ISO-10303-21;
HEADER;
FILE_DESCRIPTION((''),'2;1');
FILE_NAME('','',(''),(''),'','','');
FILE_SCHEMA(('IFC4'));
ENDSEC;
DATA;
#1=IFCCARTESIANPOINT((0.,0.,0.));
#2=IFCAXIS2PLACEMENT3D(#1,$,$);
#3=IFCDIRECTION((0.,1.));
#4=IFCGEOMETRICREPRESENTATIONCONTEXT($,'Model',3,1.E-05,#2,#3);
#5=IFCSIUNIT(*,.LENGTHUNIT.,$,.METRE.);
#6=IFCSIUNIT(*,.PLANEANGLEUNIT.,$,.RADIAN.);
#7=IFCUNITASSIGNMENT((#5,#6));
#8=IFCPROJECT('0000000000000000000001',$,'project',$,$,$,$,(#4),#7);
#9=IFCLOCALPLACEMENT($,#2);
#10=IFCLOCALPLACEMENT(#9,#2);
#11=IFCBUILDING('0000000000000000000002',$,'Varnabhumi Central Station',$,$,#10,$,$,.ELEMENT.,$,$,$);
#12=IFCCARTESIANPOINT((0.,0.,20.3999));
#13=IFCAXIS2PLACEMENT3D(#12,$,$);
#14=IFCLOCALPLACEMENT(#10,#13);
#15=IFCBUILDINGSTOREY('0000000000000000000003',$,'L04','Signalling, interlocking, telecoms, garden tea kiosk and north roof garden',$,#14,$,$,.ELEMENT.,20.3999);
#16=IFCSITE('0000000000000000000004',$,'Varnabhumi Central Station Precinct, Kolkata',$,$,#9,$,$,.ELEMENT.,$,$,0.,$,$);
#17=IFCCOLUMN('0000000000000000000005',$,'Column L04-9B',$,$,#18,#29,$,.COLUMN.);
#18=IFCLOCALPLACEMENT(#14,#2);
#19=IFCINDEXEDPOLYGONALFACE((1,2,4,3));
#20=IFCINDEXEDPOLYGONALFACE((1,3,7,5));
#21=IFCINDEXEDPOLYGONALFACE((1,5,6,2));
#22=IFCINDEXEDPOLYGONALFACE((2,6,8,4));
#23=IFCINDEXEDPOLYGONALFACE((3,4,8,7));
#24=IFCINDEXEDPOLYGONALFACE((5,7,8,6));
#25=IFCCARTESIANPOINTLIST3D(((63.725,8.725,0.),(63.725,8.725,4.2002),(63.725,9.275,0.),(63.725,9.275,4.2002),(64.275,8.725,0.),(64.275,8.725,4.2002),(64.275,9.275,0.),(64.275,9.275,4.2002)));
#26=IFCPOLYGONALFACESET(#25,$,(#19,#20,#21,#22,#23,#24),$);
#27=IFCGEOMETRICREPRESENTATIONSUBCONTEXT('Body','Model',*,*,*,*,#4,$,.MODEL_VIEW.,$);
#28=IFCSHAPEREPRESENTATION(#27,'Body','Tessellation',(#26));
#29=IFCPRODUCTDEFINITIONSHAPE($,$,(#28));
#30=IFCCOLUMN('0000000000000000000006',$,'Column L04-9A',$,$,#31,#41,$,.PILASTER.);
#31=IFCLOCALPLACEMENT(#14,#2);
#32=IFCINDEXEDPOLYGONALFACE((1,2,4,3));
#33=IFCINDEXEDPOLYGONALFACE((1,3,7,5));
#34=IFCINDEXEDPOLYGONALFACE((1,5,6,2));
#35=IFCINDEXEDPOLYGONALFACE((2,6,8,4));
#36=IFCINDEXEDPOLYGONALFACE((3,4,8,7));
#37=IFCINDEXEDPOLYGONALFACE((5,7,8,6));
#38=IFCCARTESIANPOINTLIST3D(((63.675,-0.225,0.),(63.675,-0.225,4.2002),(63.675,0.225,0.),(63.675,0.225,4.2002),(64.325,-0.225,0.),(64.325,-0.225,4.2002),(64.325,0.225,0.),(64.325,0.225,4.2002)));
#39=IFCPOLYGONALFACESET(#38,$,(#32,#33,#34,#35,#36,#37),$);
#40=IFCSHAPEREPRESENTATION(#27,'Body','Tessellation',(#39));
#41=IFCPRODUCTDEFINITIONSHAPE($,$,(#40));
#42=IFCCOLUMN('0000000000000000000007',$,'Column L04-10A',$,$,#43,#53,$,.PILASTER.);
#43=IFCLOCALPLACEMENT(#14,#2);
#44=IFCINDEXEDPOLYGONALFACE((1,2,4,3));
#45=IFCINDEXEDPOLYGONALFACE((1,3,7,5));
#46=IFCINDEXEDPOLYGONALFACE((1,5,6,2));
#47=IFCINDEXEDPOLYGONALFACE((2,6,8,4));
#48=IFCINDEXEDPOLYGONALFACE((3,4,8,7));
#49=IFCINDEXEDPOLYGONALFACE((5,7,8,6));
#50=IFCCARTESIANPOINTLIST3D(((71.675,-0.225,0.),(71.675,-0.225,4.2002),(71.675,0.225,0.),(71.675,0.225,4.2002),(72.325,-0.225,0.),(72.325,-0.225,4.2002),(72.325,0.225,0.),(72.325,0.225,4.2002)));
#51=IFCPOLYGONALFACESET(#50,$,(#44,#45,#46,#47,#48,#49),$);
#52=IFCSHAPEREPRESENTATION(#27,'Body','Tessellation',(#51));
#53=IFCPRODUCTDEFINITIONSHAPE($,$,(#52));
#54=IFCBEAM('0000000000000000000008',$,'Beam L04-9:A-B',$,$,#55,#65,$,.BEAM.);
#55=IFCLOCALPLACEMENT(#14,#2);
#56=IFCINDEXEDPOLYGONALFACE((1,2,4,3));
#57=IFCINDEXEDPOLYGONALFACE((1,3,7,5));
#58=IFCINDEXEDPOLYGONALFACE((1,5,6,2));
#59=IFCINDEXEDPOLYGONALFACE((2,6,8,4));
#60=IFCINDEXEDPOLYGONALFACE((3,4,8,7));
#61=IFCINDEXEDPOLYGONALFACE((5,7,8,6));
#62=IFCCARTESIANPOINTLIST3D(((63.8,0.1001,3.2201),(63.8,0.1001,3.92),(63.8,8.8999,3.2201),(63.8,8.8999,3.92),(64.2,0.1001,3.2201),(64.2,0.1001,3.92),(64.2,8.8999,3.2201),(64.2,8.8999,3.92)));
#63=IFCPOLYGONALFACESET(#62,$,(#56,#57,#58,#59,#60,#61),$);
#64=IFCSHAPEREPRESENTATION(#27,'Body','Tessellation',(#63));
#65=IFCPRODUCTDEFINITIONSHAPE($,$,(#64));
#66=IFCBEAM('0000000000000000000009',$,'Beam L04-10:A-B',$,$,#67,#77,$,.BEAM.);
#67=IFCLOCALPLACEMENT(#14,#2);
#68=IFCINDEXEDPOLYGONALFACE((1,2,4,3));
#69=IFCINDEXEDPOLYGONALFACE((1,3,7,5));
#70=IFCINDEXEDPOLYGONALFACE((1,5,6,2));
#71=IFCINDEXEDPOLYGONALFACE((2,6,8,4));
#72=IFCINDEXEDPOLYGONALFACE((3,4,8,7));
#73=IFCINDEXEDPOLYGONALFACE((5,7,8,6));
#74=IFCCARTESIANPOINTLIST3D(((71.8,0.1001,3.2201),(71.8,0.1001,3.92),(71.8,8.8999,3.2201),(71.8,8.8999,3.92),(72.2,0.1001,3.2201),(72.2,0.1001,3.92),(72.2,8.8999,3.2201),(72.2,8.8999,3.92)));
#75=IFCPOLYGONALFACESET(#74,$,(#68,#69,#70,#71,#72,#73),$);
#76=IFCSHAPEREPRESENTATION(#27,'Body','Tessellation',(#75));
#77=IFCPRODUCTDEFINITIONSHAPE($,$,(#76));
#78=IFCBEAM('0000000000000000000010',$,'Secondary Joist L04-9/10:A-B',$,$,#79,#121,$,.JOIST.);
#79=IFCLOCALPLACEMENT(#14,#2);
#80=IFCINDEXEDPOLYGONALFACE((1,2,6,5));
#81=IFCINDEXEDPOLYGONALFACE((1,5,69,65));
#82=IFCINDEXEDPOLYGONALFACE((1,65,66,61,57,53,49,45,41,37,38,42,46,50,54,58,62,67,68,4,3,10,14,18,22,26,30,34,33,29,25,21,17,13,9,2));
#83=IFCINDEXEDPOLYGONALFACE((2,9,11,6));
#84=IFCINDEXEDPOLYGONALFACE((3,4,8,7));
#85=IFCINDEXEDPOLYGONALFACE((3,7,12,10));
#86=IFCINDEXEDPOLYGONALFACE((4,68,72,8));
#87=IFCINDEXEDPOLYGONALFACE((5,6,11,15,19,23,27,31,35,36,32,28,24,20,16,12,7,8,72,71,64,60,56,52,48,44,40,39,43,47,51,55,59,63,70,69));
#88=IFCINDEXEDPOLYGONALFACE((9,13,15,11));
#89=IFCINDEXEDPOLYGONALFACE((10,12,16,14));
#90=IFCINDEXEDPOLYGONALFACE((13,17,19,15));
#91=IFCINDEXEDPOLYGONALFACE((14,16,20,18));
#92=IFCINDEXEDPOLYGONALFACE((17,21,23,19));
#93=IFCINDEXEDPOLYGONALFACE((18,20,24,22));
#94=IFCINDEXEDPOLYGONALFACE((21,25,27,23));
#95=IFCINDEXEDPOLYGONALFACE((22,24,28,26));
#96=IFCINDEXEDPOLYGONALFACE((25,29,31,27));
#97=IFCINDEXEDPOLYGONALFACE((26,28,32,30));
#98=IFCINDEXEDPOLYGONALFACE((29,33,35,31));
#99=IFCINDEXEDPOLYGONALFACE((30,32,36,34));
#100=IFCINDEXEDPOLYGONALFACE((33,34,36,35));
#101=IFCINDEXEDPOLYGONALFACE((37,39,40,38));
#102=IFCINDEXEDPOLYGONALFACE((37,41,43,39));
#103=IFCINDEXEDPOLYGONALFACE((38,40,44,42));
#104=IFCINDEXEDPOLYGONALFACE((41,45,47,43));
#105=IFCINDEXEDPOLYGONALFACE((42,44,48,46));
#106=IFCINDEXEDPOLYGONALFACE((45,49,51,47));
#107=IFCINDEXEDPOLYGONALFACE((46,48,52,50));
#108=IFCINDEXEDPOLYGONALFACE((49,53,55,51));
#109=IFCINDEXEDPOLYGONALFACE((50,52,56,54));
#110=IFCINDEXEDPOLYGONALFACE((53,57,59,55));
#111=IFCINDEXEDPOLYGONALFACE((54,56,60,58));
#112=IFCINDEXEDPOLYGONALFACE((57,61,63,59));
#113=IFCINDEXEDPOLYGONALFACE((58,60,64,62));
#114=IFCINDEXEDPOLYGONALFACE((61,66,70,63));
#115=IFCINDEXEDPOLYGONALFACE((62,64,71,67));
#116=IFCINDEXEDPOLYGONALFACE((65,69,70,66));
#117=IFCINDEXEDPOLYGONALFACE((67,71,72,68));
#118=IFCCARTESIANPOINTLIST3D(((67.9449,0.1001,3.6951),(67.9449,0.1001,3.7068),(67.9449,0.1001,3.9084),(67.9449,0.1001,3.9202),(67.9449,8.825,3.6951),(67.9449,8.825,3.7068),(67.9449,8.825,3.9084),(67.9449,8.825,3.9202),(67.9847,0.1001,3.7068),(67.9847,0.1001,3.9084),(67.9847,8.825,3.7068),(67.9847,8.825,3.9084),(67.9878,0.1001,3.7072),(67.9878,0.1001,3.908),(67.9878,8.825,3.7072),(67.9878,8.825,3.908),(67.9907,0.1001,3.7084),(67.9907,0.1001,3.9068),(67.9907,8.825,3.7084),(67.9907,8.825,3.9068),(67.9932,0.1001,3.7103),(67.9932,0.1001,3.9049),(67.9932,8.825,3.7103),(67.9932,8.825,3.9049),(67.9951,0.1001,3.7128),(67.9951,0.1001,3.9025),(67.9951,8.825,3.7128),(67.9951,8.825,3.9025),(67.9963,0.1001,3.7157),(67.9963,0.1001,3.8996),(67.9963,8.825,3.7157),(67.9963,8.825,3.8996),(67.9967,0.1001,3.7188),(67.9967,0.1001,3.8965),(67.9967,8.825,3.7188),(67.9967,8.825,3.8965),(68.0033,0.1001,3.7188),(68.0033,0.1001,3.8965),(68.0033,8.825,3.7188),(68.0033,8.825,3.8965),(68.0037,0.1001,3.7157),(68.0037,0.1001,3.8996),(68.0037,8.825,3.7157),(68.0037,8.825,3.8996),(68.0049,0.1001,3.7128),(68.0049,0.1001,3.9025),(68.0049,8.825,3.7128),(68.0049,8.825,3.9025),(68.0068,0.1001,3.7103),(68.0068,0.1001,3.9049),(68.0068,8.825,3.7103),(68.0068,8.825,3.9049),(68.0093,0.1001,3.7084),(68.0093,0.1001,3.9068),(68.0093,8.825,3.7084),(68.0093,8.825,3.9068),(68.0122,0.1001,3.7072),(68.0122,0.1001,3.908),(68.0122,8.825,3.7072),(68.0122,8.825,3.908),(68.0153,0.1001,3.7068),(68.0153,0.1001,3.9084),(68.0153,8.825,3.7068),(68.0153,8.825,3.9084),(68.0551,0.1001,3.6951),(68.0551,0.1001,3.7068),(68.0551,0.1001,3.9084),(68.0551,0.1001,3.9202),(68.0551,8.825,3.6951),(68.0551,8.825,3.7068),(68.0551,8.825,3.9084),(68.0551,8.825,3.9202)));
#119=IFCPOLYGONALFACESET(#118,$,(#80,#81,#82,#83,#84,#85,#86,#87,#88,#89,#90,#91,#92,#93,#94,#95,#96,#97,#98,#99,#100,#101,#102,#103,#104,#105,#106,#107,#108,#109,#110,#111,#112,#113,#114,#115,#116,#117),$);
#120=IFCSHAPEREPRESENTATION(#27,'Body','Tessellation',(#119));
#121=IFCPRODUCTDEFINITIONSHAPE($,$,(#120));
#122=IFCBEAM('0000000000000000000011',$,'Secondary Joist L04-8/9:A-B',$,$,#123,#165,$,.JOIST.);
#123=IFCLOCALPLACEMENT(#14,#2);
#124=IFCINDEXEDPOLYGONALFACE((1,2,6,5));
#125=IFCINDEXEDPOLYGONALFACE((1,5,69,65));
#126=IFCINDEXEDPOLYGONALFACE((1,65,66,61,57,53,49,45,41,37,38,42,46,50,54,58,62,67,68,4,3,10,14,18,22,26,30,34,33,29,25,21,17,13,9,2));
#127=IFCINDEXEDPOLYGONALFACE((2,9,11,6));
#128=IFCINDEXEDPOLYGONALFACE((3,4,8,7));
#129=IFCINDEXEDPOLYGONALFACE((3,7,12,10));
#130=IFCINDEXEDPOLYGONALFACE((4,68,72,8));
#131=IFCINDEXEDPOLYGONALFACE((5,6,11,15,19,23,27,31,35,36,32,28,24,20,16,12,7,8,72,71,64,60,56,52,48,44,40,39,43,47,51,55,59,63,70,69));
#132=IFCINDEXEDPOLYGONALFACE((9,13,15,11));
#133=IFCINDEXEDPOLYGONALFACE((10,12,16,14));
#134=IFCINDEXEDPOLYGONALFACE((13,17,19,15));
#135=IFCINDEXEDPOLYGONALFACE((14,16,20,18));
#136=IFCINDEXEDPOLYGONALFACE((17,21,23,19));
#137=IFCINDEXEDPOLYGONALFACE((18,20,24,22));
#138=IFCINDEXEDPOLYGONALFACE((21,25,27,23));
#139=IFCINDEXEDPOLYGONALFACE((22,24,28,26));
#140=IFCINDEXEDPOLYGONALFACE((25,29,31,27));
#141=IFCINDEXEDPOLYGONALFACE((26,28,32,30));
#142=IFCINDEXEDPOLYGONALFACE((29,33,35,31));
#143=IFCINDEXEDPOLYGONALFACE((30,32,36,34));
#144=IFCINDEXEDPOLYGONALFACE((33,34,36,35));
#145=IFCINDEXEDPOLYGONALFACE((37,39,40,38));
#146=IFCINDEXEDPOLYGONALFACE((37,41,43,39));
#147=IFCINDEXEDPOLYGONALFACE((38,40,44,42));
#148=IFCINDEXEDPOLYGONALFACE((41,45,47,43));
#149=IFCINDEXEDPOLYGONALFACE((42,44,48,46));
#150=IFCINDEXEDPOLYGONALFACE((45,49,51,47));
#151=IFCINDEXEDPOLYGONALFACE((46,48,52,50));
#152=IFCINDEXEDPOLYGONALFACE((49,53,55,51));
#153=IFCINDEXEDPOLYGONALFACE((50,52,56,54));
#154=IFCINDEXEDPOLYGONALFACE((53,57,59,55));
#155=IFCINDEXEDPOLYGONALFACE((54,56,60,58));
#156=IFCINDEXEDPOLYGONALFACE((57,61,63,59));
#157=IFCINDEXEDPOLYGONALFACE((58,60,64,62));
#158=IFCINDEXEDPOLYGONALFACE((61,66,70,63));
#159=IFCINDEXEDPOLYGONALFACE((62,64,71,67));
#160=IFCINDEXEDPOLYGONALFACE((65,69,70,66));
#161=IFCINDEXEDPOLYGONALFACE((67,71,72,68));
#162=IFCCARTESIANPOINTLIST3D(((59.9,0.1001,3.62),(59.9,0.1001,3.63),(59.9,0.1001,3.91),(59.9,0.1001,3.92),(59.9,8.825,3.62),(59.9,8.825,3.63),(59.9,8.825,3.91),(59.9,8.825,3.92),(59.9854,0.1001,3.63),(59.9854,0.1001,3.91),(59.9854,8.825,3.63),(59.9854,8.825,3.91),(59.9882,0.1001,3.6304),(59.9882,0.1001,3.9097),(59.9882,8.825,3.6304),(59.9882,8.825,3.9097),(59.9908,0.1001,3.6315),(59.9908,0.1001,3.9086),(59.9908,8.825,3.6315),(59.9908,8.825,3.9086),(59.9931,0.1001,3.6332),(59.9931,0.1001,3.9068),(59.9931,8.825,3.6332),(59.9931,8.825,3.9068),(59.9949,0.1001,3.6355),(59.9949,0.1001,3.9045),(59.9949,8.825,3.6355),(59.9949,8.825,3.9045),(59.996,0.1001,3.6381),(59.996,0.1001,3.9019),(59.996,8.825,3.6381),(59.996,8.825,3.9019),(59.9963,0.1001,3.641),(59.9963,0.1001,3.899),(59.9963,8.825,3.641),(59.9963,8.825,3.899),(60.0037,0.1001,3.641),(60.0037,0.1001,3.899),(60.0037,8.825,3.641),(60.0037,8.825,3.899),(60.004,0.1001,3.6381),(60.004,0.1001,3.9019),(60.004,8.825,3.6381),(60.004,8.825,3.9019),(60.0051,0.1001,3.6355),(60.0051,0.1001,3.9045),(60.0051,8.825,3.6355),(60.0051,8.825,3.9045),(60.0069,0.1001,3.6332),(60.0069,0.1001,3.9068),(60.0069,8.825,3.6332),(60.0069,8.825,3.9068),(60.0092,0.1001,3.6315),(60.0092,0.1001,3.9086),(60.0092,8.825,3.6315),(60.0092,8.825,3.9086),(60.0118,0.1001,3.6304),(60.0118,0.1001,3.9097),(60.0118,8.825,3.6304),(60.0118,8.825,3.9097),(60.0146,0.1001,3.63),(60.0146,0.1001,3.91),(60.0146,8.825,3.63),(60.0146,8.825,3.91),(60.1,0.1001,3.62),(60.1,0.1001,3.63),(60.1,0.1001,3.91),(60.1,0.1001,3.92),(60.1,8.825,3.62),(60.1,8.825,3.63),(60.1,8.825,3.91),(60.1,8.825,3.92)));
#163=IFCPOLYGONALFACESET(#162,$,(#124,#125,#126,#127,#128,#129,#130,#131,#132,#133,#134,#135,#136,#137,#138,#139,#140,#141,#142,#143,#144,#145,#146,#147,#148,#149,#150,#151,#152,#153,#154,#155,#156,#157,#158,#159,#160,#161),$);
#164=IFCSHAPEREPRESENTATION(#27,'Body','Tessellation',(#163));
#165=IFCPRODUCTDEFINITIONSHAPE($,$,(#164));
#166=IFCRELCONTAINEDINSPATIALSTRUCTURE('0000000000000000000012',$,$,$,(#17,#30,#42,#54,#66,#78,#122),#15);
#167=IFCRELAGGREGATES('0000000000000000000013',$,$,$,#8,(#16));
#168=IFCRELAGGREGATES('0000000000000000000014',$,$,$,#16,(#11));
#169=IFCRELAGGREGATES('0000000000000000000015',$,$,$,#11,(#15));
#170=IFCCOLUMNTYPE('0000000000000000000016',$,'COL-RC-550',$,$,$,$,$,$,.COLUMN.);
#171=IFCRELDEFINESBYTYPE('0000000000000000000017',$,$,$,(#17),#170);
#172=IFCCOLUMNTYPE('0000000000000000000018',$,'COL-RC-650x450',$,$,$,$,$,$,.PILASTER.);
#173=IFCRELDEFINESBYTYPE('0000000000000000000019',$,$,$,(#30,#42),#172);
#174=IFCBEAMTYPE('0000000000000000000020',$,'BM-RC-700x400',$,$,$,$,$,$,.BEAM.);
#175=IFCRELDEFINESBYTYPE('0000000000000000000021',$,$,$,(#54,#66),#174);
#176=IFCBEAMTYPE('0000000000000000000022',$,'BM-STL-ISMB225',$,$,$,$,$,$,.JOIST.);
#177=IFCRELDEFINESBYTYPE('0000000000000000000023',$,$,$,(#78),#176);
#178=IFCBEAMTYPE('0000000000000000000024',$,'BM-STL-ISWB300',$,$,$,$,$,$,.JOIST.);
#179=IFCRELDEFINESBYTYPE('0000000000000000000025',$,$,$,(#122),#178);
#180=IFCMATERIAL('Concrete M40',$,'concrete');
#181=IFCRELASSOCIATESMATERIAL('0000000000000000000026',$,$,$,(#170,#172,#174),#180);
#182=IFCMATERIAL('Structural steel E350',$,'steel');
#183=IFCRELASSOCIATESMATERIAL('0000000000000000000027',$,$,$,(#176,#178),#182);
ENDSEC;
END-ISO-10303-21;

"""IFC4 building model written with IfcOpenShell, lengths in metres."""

from ifc_helpers import new_model, si_unit, direction, frame, origin, origin_2d, place, context, subcontext, project, spatial, rectangle, i_section, extrude, material, material_profile, profile_set, type_object, element, save


model = new_model("IFC4")

# Units and contexts
model_context = context("Model", 3, precision=1e-05, world=origin(), true_north=direction((0.0, 1.0)))
body_context = subcontext(model_context, "Body", "Model", "MODEL_VIEW")
ifc_project = project(units=[si_unit("LENGTHUNIT", "METRE"), si_unit("PLANEANGLEUNIT", "RADIAN")], contexts=[model_context])

# Site, building, storey
site_placement = place(None, origin())
site = spatial("IfcSite", under=ifc_project, at=site_placement, Name="Varnabhumi Central Station Precinct, Kolkata", CompositionType="ELEMENT", RefElevation=0.0)
building_placement = place(site_placement, origin())
building = spatial("IfcBuilding", under=site, at=building_placement, Name="Varnabhumi Central Station", CompositionType="ELEMENT")
storey_placement = place(building_placement, frame((0.0, 0.0, 20.3999)))
storey = spatial("IfcBuildingStorey", under=building, at=storey_placement, Name="L04", Description="Signalling, interlocking, telecoms, garden tea kiosk and north roof garden", CompositionType="ELEMENT", Elevation=20.3999)

# Columns
ifc_material_1 = material(Name="Concrete M40", Category="concrete")
ifc_material_profile_1 = material_profile(ifc_material_1, rectangle(XDim=0.55, YDim=0.55, at=origin_2d()), Name="Concrete M40", Category="concrete")
ifc_profile_set_1 = profile_set([ifc_material_profile_1], Name="Concrete M40")
column_type_1 = type_object("IfcColumnType", Name="COL-RC-550", PredefinedType="COLUMN", material=ifc_profile_set_1)
column_placement = place(storey_placement, frame((64.0, 9.0, 0.0), z_axis=(0.0, 0.0, 1.0), x_axis=(1.0, 0.0, 0.0)))
element("IfcColumn", 1, at=column_placement, inside=storey, type_object=column_type_1, Name="Column L04-9B", PredefinedType="COLUMN", context=body_context, shape_type="SweptSolid", body=[
    extrude(rectangle(XDim=0.55, YDim=0.55, at=origin_2d()), origin(), (0.0, 0.0, 1.0), 4.2002),
])
ifc_material_profile_2 = material_profile(ifc_material_1, rectangle(XDim=0.6499, YDim=0.45, at=origin_2d()), Name="Concrete M40", Category="concrete")
ifc_profile_set_2 = profile_set([ifc_material_profile_2], Name="Concrete M40")
column_type_2 = type_object("IfcColumnType", Name="COL-RC-650x450", PredefinedType="PILASTER", material=ifc_profile_set_2)
for number, where, z_axis, x_axis, name in (
    (2, (64.0, 0.0, 0.0), (0.0, 0.0, 1.0), (1.0, 0.0, 0.0), "Column L04-9A"),
    (3, (72.0, 0.0, 0.0), (0.0, 0.0, 1.0), (1.0, 0.0, 0.0), "Column L04-10A"),
):
    element("IfcColumn", number, at=place(storey_placement, frame(where, z_axis=z_axis, x_axis=x_axis)), inside=storey, type_object=column_type_2, Name=name, PredefinedType="PILASTER", context=body_context, shape_type="SweptSolid", body=[
        extrude(rectangle(XDim=0.6499, YDim=0.45, at=origin_2d()), origin(), (0.0, 0.0, 1.0), 4.2002),
    ])

# Beams
ifc_material_profile_3 = material_profile(ifc_material_1, rectangle(XDim=0.3999, YDim=0.7, at=origin_2d()), Name="Concrete M40", Category="concrete")
ifc_profile_set_3 = profile_set([ifc_material_profile_3], Name="Concrete M40")
beam_type_1 = type_object("IfcBeamType", Name="BM-RC-700x400", PredefinedType="BEAM", material=ifc_profile_set_3)
for number, where, z_axis, x_axis, name in (
    (4, (64.0, 0.1001, 3.5701), (0.0, 1.0, 0.0), (-1.0, 0.0, 0.0), "Beam L04-9:A-B"),
    (5, (72.0, 0.1001, 3.5701), (0.0, 1.0, 0.0), (-1.0, 0.0, 0.0), "Beam L04-10:A-B"),
):
    element("IfcBeam", number, at=place(storey_placement, frame(where, z_axis=z_axis, x_axis=x_axis)), inside=storey, type_object=beam_type_1, Name=name, PredefinedType="BEAM", context=body_context, shape_type="SweptSolid", body=[
        extrude(rectangle(XDim=0.3999, YDim=0.7, at=origin_2d()), origin(), (0.0, 0.0, 1.0), 8.7998),
    ])
ifc_material_2 = material(Name="Structural steel E350", Category="steel")
ifc_material_profile_4 = material_profile(ifc_material_2, i_section(OverallWidth=0.1101, OverallDepth=0.2251, WebThickness=0.0066, FlangeThickness=0.0117, FilletRadius=0.012, at=origin_2d()), Name="Structural steel E350", Category="steel")
ifc_profile_set_4 = profile_set([ifc_material_profile_4], Name="Structural steel E350")
beam_type_2 = type_object("IfcBeamType", Name="BM-STL-ISMB225", PredefinedType="JOIST", material=ifc_profile_set_4)
beam_1_placement = place(storey_placement, frame((68.0, 0.1001, 3.8076), z_axis=(0.0, 1.0, 0.0), x_axis=(-1.0, 0.0, 0.0)))
element("IfcBeam", 6, at=beam_1_placement, inside=storey, type_object=beam_type_2, Name="Secondary Joist L04-9/10:A-B", PredefinedType="JOIST", context=body_context, shape_type="SweptSolid", body=[
    extrude(i_section(OverallWidth=0.1101, OverallDepth=0.2251, WebThickness=0.0066, FlangeThickness=0.0117, FilletRadius=0.012, at=origin_2d()), origin(), (0.0, 0.0, 1.0), 8.7249),
])
ifc_material_profile_5 = material_profile(ifc_material_2, i_section(OverallWidth=0.2, OverallDepth=0.3, WebThickness=0.0073, FlangeThickness=0.01, FilletRadius=0.011, at=origin_2d()), Name="Structural steel E350", Category="steel")
ifc_profile_set_5 = profile_set([ifc_material_profile_5], Name="Structural steel E350")
beam_type_3 = type_object("IfcBeamType", Name="BM-STL-ISWB300", PredefinedType="JOIST", material=ifc_profile_set_5)
beam_2_placement = place(storey_placement, frame((60.0, 0.1001, 3.77), z_axis=(0.0, 1.0, 0.0), x_axis=(-1.0, 0.0, 0.0)))
element("IfcBeam", 7, at=beam_2_placement, inside=storey, type_object=beam_type_3, Name="Secondary Joist L04-8/9:A-B", PredefinedType="JOIST", context=body_context, shape_type="SweptSolid", body=[
    extrude(i_section(OverallWidth=0.2, OverallDepth=0.3, WebThickness=0.0073, FlangeThickness=0.01, FilletRadius=0.011, at=origin_2d()), origin(), (0.0, 0.0, 1.0), 8.7249),
])

save(model, "model.ifc")
